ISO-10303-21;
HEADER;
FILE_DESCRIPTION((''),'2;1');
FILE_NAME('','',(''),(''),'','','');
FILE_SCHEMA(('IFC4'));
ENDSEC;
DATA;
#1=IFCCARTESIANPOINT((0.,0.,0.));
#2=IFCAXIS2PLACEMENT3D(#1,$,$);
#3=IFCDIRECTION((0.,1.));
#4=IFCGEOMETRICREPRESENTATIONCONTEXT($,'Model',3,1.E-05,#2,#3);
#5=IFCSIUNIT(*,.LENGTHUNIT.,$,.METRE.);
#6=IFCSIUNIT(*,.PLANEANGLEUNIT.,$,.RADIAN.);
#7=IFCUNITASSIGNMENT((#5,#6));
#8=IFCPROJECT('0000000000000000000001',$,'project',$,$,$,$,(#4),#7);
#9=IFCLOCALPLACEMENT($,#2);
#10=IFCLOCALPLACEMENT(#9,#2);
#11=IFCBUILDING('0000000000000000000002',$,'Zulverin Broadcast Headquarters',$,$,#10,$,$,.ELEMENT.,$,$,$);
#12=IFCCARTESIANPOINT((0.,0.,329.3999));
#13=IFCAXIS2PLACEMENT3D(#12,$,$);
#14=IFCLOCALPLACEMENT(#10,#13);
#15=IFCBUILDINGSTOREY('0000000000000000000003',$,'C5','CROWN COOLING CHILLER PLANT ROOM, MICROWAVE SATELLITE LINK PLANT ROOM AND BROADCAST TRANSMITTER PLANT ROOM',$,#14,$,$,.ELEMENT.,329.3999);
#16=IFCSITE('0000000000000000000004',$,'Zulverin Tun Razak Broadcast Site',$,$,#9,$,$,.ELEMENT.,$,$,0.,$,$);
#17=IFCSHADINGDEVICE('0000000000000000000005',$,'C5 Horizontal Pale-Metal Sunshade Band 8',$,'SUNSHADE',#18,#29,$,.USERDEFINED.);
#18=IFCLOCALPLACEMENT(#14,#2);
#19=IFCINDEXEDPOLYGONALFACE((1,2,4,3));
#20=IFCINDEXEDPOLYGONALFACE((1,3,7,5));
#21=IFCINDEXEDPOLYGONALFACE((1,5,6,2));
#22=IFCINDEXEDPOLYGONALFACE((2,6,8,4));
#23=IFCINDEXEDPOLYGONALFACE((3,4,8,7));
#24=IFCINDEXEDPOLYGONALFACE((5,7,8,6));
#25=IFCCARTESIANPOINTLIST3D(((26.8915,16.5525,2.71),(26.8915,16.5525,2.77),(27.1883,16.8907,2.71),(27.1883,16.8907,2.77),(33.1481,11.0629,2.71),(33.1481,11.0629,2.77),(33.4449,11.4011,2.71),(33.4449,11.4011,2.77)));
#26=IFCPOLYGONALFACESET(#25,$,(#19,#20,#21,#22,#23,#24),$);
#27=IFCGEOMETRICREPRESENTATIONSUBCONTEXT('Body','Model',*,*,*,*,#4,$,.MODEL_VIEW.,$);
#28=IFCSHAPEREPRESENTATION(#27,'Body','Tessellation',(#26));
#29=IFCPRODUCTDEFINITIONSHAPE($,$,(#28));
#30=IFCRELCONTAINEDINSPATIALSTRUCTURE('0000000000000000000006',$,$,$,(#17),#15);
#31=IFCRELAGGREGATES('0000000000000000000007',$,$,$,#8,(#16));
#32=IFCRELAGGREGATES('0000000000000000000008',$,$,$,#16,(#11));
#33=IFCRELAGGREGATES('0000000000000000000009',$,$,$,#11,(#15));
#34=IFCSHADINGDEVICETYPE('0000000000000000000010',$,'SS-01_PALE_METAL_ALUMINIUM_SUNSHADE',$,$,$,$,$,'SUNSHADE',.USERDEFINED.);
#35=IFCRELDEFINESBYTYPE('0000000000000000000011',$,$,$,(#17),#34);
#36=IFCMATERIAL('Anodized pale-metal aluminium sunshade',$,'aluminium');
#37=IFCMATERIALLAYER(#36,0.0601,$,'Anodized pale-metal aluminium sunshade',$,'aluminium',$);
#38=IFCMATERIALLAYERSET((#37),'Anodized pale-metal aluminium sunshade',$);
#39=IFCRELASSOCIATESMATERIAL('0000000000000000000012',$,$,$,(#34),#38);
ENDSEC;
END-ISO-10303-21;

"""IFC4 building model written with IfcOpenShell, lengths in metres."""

from ifc_helpers import new_model, si_unit, direction, frame, origin, origin_2d, place, context, subcontext, project, spatial, rectangle, extrude, material, layer, layer_set, type_object, element, save


model = new_model("IFC4")

# Units and contexts
model_context = context("Model", 3, precision=1e-05, world=origin(), true_north=direction((0.0, 1.0)))
body_context = subcontext(model_context, "Body", "Model", "MODEL_VIEW")
ifc_project = project(units=[si_unit("LENGTHUNIT", "METRE"), si_unit("PLANEANGLEUNIT", "RADIAN")], contexts=[model_context])

# Site, building, storey
site_placement = place(None, origin())
site = spatial("IfcSite", under=ifc_project, at=site_placement, Name="Zulverin Tun Razak Broadcast Site", CompositionType="ELEMENT", RefElevation=0.0)
building_placement = place(site_placement, origin())
building = spatial("IfcBuilding", under=site, at=building_placement, Name="Zulverin Broadcast Headquarters", CompositionType="ELEMENT")
storey_placement = place(building_placement, frame((0.0, 0.0, 329.3999)))
storey = spatial("IfcBuildingStorey", under=building, at=storey_placement, Name="C5", Description="CROWN COOLING CHILLER PLANT ROOM, MICROWAVE SATELLITE LINK PLANT ROOM AND BROADCAST TRANSMITTER PLANT ROOM", CompositionType="ELEMENT", Elevation=329.3999)

# Shading device
ifc_material_1 = material(Name="Anodized pale-metal aluminium sunshade", Category="aluminium")
ifc_layer_1 = layer(ifc_material_1, 0.0601, Name="Anodized pale-metal aluminium sunshade", Category="aluminium")
ifc_layer_set_1 = layer_set([ifc_layer_1], Name="Anodized pale-metal aluminium sunshade")
shading_device_type = type_object("IfcShadingDeviceType", Name="SS-01_PALE_METAL_ALUMINIUM_SUNSHADE", ElementType="SUNSHADE", PredefinedType="USERDEFINED", material=ifc_layer_set_1)
shading_device_placement = place(storey_placement, frame((30.1682, 13.9768, 2.71), z_axis=(0.0, 0.0, 1.0), x_axis=(0.751681, -0.659527, 0.0)))
element("IfcShadingDevice", 1, at=shading_device_placement, inside=storey, type_object=shading_device_type, Name="C5 Horizontal Pale-Metal Sunshade Band 8", ObjectType="SUNSHADE", PredefinedType="USERDEFINED", context=body_context, shape_type="SweptSolid", body=[
    extrude(rectangle(XDim=8.3235, YDim=0.45, at=origin_2d()), origin(), (0.0, 0.0, 1.0), 0.0601),
])

save(model, "model.ifc")
